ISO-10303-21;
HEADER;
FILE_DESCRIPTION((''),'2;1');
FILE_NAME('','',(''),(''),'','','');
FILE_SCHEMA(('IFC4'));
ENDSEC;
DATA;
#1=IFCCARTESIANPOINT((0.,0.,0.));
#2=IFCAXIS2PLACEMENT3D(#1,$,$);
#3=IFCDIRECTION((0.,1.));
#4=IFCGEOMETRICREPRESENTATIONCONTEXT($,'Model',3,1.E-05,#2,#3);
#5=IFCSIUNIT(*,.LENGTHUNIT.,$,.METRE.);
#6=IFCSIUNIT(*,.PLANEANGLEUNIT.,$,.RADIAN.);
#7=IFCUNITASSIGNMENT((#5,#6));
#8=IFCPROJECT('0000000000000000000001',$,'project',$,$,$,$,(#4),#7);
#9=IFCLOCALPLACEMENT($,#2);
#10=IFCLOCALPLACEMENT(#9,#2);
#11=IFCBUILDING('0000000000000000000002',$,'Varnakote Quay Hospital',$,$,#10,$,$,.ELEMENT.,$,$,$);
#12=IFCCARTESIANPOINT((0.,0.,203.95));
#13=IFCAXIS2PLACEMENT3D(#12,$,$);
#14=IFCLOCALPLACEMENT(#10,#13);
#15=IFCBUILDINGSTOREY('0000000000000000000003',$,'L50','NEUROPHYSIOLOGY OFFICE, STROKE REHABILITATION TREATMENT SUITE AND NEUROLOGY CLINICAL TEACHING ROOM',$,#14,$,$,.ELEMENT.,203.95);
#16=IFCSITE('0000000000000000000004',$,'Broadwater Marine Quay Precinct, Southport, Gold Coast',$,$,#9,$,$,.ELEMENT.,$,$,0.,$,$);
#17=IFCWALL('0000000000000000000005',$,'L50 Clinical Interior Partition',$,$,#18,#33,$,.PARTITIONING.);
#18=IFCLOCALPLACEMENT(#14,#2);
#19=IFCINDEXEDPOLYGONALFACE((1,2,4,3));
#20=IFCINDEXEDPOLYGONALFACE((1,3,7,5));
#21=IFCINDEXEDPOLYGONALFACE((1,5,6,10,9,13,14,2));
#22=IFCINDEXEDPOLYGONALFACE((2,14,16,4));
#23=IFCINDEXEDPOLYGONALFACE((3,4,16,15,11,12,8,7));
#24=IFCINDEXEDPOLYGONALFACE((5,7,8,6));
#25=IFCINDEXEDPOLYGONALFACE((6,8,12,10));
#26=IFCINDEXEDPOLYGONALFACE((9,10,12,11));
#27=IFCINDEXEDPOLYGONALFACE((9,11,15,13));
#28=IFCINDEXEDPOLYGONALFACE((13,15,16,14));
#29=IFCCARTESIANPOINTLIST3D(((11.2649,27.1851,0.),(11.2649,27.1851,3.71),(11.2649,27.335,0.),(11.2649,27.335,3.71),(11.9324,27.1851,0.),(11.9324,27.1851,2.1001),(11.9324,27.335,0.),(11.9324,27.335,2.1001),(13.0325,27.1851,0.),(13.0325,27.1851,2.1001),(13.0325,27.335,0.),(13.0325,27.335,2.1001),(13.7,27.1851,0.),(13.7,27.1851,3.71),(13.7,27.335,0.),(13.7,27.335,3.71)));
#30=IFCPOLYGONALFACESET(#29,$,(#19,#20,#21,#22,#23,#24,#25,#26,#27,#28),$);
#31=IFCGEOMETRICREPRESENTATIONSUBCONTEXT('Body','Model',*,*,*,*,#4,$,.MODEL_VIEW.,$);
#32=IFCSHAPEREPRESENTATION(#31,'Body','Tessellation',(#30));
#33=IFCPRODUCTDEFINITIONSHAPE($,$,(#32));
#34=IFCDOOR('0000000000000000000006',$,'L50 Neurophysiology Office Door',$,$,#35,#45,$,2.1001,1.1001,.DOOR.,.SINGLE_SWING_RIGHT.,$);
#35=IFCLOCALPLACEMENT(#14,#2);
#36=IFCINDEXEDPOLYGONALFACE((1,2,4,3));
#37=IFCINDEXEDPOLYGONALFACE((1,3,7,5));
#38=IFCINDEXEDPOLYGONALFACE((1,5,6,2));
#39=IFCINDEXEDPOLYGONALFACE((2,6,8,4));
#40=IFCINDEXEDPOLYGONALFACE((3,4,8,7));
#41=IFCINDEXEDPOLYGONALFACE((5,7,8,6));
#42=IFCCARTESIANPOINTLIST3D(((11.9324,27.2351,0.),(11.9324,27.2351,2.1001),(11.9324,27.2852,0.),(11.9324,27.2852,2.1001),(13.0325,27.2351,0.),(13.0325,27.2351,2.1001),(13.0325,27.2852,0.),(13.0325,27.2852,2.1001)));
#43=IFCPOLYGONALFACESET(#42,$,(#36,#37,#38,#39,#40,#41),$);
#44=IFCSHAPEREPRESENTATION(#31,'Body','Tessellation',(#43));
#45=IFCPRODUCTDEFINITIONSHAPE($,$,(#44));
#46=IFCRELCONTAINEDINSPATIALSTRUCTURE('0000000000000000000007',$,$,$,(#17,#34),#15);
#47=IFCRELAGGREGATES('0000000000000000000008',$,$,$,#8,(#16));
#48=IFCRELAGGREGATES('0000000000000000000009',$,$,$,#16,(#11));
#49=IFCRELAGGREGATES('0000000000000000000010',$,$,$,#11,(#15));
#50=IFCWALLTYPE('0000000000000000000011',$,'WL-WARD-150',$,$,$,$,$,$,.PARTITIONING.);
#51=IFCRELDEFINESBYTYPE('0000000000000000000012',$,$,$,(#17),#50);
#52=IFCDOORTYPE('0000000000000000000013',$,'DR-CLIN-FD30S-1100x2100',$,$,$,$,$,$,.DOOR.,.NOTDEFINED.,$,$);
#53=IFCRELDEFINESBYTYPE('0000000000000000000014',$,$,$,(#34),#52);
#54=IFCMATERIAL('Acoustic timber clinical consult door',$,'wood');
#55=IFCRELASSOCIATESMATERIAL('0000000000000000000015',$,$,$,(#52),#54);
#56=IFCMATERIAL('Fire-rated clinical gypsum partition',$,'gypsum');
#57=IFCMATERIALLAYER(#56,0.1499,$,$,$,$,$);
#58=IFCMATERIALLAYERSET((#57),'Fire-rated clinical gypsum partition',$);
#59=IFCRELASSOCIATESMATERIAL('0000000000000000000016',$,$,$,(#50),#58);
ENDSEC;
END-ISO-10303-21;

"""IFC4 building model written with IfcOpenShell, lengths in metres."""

from ifc_helpers import new_model, si_unit, direction, frame, frame_2d, origin, place, context, subcontext, project, spatial, rectangle, extrude, material, layer, layer_set, type_object, element, fill, save


model = new_model("IFC4")

# Units and contexts
model_context = context("Model", 3, precision=1e-05, world=origin(), true_north=direction((0.0, 1.0)))
body_context = subcontext(model_context, "Body", "Model", "MODEL_VIEW")
ifc_project = project(units=[si_unit("LENGTHUNIT", "METRE"), si_unit("PLANEANGLEUNIT", "RADIAN")], contexts=[model_context])

# Site, building, storey
site_placement = place(None, origin())
site = spatial("IfcSite", under=ifc_project, at=site_placement, Name="Broadwater Marine Quay Precinct, Southport, Gold Coast", CompositionType="ELEMENT", RefElevation=0.0)
building_placement = place(site_placement, origin())
building = spatial("IfcBuilding", under=site, at=building_placement, Name="Varnakote Quay Hospital", CompositionType="ELEMENT")
storey_placement = place(building_placement, frame((0.0, 0.0, 203.95)))
storey = spatial("IfcBuildingStorey", under=building, at=storey_placement, Name="L50", Description="NEUROPHYSIOLOGY OFFICE, STROKE REHABILITATION TREATMENT SUITE AND NEUROLOGY CLINICAL TEACHING ROOM", CompositionType="ELEMENT", Elevation=203.95)

# Shared definitions
ifc_material_1 = material(Name="Acoustic timber clinical consult door", Category="wood")
door_type = type_object("IfcDoorType", Name="DR-CLIN-FD30S-1100x2100", OperationType="NOTDEFINED", PredefinedType="DOOR", material=ifc_material_1)

# Shared definitions
ifc_material_2 = material(Name="Fire-rated clinical gypsum partition", Category="gypsum")
ifc_layer_1 = layer(ifc_material_2, 0.1499)
ifc_layer_set_1 = layer_set([ifc_layer_1], Name="Fire-rated clinical gypsum partition")
wall_type_1 = type_object("IfcWallType", Name="WL-WARD-150", PredefinedType="PARTITIONING", material=ifc_layer_set_1)

# Wall, opening, door
wall_1_placement = place(storey_placement, frame((13.7, 27.26, 0.0), z_axis=(0.0, 0.0, 1.0), x_axis=(-1.0, 0.0, 0.0)))
wall_1 = element("IfcWall", 1, at=wall_1_placement, inside=storey, type_object=wall_type_1, Name="L50 Clinical Interior Partition", PredefinedType="PARTITIONING", context=body_context, shape_type="SweptSolid", body=[
    extrude(rectangle(XDim=2.4351, YDim=0.1499, at=frame_2d((1.2175, 0.0))), origin(), (0.0, 0.0, 1.0), 3.71),
])
opening_1_placement = place(wall_1_placement, frame((0.6675, 0.0, 0.0)))
opening_1 = element("IfcOpeningElement", 2, at=opening_1_placement, cuts=wall_1, PredefinedType="OPENING", context=body_context, shape_type="SweptSolid", body=[
    extrude(rectangle(XDim=1.1001, YDim=2.1001, at=frame_2d((0.55, 1.05))), frame((0.0, 0.085, 0.0), z_axis=(0.0, -1.0, 0.0), x_axis=(1.0, 0.0, 0.0)), (0.0, 0.0, 1.0), 0.1699),
])
door_1_placement = place(opening_1_placement, origin())
door_1 = element("IfcDoor", 3, at=door_1_placement, inside=storey, type_object=door_type, Name="L50 Neurophysiology Office Door", OperationType="SINGLE_SWING_RIGHT", OverallHeight=2.1001, OverallWidth=1.1001, PredefinedType="DOOR", context=body_context, shape_type="SweptSolid", body=[
    extrude(rectangle(XDim=1.1001, YDim=2.1001, at=frame_2d((0.55, 1.05))), frame((0.0, 0.0249, 0.0), z_axis=(0.0, -1.0, 0.0), x_axis=(1.0, 0.0, 0.0)), (0.0, 0.0, 1.0), 0.05),
])
fill(opening_1, door_1)

save(model, "model.ifc")
